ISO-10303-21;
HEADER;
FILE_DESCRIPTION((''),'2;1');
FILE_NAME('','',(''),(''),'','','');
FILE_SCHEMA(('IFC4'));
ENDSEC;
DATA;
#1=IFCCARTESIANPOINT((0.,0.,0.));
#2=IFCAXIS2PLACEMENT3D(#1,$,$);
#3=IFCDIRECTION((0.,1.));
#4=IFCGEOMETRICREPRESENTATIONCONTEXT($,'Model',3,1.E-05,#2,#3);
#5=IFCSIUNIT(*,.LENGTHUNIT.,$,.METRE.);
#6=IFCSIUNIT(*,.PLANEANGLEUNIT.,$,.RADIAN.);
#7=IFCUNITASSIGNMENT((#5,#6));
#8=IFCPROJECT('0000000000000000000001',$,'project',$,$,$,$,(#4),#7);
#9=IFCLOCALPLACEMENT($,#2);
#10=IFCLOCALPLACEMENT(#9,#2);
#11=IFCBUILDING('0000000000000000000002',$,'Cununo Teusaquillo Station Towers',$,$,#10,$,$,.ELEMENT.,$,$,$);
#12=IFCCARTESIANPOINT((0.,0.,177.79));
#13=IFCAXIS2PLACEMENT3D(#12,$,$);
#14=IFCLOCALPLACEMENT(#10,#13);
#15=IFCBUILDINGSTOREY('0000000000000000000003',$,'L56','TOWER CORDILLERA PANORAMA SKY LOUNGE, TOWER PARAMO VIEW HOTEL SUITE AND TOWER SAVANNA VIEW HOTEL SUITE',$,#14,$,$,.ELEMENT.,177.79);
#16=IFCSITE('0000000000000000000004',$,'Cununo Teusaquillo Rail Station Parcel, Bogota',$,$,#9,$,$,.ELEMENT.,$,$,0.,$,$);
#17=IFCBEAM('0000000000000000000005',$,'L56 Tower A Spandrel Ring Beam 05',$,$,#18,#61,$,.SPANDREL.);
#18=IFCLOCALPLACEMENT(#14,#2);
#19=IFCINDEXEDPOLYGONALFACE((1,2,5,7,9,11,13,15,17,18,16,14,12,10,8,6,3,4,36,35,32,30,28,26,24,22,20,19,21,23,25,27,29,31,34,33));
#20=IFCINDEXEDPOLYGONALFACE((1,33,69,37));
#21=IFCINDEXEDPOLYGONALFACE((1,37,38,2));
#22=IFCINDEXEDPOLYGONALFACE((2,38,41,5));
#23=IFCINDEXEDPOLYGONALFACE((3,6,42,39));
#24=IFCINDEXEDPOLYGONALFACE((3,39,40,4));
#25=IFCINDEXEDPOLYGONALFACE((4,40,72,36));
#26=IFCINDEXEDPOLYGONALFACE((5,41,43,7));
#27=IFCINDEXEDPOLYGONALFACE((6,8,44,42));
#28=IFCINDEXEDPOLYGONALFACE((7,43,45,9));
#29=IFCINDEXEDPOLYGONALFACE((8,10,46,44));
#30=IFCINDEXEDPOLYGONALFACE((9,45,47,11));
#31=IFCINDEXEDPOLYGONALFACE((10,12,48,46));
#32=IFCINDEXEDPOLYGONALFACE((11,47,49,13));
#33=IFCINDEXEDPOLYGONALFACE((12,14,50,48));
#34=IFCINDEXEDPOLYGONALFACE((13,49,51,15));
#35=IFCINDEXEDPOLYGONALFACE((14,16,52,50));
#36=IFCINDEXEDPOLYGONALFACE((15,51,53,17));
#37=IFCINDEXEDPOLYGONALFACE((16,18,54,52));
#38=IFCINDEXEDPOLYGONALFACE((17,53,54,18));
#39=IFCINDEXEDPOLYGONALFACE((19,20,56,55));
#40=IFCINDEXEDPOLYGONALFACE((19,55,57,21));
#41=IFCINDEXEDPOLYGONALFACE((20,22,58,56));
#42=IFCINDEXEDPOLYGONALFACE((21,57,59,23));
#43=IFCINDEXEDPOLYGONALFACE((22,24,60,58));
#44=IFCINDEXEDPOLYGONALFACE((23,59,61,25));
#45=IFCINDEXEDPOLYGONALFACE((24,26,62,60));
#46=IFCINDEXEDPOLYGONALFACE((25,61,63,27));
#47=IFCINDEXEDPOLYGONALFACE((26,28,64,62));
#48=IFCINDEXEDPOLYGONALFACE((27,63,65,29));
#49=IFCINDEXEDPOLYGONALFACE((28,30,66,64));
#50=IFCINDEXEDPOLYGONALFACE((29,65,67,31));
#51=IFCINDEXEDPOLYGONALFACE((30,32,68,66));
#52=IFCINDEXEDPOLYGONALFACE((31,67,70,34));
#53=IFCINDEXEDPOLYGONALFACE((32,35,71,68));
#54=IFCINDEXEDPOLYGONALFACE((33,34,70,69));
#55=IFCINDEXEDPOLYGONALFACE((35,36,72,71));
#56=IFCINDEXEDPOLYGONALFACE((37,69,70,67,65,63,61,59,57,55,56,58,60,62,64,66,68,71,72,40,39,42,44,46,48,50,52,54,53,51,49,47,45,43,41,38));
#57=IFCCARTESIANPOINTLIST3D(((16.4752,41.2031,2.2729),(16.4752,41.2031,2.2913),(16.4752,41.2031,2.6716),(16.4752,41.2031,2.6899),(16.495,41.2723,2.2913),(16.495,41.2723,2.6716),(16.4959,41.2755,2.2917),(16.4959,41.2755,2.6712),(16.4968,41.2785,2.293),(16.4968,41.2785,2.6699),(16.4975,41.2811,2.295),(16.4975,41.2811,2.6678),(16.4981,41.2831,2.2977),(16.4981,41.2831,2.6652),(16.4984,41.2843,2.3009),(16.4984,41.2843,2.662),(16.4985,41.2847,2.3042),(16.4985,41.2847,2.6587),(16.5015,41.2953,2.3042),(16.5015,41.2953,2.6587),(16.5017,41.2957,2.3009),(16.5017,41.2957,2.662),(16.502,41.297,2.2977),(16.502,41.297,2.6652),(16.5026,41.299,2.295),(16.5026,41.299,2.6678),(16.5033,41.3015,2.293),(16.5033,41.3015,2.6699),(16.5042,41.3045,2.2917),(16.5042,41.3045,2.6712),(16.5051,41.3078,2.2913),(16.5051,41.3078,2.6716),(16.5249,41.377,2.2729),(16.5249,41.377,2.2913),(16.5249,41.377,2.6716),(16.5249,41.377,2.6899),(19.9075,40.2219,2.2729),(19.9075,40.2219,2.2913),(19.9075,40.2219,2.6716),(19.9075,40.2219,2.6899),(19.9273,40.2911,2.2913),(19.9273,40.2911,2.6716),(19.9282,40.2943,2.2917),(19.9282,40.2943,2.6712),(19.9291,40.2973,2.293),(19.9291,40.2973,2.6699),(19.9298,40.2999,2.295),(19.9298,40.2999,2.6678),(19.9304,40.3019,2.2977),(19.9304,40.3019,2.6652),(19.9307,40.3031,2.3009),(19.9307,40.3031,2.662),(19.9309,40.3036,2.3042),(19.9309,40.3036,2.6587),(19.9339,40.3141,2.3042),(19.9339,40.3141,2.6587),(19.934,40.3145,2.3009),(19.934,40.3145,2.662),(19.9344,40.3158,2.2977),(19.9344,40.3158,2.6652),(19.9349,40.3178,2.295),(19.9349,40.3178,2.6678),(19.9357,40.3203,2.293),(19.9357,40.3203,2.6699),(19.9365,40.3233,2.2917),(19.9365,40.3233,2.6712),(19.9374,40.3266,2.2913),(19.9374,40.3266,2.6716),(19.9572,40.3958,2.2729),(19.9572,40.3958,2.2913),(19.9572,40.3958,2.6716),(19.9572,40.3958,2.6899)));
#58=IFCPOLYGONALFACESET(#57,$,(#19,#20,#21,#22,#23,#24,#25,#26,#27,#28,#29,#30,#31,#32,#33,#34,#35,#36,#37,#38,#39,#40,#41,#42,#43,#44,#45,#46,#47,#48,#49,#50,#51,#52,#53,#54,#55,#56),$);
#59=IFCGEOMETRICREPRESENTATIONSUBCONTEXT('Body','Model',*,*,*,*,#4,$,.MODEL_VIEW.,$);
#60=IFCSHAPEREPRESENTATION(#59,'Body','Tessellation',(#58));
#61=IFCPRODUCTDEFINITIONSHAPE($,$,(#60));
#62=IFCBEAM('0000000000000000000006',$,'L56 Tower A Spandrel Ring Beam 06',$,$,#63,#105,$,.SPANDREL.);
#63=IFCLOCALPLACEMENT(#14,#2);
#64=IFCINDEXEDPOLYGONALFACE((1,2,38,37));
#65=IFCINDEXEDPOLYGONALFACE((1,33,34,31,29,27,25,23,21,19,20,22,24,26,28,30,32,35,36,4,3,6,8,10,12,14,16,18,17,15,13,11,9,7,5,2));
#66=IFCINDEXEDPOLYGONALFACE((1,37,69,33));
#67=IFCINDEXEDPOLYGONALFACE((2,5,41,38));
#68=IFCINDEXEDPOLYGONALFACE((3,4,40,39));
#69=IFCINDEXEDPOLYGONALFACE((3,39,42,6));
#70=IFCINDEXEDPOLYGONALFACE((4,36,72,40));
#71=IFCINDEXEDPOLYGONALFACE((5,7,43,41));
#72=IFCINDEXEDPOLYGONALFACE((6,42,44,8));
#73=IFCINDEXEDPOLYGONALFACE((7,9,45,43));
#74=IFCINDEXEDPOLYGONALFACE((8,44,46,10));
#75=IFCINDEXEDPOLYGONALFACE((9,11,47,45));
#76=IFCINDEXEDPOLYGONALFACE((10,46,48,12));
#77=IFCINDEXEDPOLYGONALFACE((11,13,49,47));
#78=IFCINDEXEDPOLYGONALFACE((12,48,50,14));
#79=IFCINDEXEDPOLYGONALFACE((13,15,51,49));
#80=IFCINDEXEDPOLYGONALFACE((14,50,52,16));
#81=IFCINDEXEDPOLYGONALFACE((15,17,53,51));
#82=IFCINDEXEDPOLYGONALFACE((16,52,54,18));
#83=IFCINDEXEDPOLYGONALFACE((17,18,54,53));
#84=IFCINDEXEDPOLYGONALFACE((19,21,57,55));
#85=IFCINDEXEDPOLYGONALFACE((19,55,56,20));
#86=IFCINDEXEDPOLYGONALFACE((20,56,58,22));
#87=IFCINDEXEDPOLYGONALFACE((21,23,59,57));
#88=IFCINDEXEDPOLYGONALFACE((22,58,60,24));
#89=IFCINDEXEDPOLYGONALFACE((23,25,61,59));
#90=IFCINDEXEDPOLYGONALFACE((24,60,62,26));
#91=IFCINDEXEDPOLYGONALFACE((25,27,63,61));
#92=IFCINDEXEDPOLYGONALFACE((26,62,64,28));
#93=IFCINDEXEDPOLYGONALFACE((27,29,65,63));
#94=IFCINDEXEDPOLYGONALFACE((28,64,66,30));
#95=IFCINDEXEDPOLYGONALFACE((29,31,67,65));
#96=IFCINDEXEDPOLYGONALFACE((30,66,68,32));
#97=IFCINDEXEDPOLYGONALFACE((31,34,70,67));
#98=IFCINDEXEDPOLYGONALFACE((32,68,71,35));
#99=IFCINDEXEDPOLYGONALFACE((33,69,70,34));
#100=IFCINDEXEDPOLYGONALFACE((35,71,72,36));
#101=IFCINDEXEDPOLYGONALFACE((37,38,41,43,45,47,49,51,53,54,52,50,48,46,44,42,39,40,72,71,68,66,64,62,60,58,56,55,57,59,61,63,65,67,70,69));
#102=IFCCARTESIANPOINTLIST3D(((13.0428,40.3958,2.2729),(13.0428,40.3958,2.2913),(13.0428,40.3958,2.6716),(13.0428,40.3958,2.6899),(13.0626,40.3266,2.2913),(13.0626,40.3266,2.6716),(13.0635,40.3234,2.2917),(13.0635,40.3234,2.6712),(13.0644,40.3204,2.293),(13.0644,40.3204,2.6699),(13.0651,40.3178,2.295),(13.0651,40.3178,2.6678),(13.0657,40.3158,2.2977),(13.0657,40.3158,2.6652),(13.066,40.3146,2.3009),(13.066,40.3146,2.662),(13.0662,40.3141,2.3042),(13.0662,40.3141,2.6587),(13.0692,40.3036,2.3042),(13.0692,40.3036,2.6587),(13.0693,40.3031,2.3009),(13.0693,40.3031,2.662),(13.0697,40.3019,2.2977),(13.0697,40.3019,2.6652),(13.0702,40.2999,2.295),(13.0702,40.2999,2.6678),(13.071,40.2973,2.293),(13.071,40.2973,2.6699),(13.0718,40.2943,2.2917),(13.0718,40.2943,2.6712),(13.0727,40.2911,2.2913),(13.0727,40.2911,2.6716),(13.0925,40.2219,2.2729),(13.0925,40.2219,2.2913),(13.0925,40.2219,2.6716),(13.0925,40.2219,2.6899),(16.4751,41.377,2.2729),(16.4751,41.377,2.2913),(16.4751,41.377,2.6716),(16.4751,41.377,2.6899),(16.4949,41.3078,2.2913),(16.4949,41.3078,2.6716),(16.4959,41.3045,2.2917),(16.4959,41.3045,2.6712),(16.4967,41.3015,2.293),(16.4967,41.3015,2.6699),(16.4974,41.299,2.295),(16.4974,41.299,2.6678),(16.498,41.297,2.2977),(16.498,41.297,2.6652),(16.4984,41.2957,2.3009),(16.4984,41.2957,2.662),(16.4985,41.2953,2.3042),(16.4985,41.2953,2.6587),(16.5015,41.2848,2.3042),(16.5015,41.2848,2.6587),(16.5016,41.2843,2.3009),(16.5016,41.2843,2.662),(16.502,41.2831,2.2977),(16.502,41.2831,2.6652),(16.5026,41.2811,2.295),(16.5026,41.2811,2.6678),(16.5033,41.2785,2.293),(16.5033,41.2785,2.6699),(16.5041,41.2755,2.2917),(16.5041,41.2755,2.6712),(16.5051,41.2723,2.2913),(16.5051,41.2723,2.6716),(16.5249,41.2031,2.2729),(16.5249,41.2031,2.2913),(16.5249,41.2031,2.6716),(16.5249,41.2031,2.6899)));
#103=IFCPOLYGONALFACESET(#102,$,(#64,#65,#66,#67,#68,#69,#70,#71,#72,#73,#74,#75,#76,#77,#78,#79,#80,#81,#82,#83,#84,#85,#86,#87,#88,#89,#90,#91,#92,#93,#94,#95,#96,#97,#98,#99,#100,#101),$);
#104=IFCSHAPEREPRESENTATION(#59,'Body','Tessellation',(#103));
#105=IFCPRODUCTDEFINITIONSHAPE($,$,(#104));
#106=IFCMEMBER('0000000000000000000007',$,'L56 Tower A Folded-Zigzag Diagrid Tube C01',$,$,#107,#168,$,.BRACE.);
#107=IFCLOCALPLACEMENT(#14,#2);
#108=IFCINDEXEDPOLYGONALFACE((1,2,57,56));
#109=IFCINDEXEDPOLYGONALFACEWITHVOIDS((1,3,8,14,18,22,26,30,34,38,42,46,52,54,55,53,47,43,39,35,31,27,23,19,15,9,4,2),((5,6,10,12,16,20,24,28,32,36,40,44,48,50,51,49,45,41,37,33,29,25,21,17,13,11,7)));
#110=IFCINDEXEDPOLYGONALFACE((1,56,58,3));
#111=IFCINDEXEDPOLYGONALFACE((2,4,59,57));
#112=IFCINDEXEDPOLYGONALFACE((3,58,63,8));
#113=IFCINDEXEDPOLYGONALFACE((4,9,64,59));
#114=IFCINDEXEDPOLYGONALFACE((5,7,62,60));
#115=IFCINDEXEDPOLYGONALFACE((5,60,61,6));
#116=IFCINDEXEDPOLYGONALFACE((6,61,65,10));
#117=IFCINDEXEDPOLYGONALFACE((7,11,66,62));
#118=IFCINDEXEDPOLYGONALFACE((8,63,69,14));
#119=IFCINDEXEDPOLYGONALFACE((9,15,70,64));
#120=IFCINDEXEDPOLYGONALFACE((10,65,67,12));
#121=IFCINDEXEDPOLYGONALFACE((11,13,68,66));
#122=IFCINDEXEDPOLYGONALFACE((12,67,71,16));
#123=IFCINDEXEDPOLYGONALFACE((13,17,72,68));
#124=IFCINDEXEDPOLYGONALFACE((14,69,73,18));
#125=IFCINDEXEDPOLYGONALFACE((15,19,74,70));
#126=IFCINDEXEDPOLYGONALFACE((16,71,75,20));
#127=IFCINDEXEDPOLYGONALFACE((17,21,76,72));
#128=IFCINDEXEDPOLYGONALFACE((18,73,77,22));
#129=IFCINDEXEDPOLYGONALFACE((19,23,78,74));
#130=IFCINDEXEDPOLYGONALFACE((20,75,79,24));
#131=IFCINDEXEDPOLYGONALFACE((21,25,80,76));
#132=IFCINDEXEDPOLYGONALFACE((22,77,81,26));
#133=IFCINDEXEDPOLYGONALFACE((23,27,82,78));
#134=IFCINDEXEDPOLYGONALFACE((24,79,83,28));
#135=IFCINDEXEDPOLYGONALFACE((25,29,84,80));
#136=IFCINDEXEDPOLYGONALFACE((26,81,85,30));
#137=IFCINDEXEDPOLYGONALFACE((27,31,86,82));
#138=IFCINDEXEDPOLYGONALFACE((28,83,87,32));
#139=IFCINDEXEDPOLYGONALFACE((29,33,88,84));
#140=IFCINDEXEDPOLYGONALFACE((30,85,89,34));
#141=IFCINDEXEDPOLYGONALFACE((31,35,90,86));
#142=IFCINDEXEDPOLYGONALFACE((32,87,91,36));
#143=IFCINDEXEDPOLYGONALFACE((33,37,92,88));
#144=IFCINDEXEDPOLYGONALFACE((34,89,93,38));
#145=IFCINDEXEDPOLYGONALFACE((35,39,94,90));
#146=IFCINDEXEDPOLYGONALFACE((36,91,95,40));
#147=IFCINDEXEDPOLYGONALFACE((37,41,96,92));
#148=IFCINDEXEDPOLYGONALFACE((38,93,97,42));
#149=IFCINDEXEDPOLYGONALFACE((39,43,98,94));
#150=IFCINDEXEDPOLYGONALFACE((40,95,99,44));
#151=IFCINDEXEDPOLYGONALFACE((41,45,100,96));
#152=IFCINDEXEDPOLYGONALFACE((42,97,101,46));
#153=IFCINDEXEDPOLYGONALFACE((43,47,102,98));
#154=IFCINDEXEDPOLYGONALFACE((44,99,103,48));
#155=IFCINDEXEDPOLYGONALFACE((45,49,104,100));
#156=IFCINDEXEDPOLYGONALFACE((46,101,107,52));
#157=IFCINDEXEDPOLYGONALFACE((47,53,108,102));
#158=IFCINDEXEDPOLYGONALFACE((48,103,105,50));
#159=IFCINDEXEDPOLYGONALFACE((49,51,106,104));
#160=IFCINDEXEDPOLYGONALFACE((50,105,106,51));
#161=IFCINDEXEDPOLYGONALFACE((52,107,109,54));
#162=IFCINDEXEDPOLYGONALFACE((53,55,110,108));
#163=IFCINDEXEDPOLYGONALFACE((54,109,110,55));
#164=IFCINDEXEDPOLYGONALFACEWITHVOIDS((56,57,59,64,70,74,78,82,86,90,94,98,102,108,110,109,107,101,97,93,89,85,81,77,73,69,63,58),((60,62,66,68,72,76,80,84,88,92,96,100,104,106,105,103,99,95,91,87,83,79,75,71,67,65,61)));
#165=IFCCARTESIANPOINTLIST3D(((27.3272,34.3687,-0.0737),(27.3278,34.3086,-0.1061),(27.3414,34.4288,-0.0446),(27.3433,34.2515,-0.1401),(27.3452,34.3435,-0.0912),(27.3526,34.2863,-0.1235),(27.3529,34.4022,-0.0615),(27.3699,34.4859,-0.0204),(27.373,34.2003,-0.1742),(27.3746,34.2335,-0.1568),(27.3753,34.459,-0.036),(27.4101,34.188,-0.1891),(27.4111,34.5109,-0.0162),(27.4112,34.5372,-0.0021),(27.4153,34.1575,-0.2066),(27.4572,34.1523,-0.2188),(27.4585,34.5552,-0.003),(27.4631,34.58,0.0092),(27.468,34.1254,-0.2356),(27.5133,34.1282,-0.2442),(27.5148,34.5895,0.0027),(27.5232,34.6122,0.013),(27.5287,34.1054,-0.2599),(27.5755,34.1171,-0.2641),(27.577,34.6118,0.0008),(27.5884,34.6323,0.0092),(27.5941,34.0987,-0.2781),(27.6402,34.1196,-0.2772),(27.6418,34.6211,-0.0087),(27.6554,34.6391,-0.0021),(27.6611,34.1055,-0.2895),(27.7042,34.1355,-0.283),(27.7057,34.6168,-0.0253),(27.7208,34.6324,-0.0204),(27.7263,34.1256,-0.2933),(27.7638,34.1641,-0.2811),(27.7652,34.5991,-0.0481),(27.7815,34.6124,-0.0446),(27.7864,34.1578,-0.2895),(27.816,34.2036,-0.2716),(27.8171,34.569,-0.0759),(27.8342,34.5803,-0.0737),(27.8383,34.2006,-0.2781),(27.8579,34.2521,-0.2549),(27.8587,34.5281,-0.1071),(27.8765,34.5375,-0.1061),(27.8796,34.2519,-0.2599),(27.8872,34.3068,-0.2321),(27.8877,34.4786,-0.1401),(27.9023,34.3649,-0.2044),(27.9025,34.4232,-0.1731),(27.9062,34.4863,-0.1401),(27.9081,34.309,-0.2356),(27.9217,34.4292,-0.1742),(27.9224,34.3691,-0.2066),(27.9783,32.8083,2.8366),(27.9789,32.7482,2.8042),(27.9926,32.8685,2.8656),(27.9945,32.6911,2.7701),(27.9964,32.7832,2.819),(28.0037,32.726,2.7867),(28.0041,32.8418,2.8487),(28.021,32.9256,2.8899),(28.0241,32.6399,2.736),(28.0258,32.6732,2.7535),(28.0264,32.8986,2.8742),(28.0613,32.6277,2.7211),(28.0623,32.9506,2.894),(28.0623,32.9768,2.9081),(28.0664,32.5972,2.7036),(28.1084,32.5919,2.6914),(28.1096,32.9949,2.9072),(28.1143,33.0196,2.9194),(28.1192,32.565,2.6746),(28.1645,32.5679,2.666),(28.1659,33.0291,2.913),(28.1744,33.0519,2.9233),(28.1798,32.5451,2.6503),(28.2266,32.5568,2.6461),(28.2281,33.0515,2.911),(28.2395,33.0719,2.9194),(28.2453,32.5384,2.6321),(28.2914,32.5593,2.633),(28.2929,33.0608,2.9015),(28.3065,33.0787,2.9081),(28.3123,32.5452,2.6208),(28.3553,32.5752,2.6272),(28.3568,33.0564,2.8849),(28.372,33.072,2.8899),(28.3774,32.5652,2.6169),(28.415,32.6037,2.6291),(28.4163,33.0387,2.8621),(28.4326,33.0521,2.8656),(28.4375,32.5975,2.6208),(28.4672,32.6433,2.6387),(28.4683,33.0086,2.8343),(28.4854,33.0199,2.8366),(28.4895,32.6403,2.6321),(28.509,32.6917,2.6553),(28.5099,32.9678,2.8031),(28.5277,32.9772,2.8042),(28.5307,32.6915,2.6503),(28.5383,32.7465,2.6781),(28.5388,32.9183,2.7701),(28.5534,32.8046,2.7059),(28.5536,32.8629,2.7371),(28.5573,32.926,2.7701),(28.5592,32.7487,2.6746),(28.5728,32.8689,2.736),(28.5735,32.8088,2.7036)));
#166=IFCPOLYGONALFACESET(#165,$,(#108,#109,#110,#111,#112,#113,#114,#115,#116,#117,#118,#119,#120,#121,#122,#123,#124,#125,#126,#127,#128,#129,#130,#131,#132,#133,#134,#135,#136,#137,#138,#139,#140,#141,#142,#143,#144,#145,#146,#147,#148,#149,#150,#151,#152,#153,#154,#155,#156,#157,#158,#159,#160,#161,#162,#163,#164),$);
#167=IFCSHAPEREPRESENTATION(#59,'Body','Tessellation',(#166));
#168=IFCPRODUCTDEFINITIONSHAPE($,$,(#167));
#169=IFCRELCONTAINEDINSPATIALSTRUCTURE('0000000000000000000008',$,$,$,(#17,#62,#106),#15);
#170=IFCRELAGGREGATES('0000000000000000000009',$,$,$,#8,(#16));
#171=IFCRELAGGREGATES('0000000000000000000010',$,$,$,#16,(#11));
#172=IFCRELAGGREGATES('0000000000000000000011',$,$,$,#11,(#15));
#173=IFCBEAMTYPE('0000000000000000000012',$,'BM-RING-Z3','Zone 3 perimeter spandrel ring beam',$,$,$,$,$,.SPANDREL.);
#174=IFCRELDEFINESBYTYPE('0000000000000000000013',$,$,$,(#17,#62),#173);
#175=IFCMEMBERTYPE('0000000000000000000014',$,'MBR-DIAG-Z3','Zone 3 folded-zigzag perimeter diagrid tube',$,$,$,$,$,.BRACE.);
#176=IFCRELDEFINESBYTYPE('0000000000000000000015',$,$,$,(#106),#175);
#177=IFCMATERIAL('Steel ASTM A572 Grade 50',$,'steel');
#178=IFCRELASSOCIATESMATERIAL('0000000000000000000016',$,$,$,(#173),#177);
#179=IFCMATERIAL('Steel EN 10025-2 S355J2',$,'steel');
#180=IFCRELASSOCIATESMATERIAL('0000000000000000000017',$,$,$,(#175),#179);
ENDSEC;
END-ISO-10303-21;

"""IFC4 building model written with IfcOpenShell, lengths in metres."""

from ifc_helpers import new_model, si_unit, direction, frame, origin, origin_2d, place, context, subcontext, project, spatial, hollow_circle, i_section, extrude, material, material_profile, profile_set, type_object, element, save


model = new_model("IFC4")

# Units and contexts
model_context = context("Model", 3, precision=1e-05, world=origin(), true_north=direction((0.0, 1.0)))
body_context = subcontext(model_context, "Body", "Model", "MODEL_VIEW")
ifc_project = project(units=[si_unit("LENGTHUNIT", "METRE"), si_unit("PLANEANGLEUNIT", "RADIAN")], contexts=[model_context])

# Site, building, storey
site_placement = place(None, origin())
site = spatial("IfcSite", under=ifc_project, at=site_placement, Name="Cununo Teusaquillo Rail Station Parcel, Bogota", CompositionType="ELEMENT", RefElevation=0.0)
building_placement = place(site_placement, origin())
building = spatial("IfcBuilding", under=site, at=building_placement, Name="Cununo Teusaquillo Station Towers", CompositionType="ELEMENT")
storey_placement = place(building_placement, frame((0.0, 0.0, 177.79)))
storey = spatial("IfcBuildingStorey", under=building, at=storey_placement, Name="L56", Description="TOWER CORDILLERA PANORAMA SKY LOUNGE, TOWER PARAMO VIEW HOTEL SUITE AND TOWER SAVANNA VIEW HOTEL SUITE", CompositionType="ELEMENT", Elevation=177.79)

# Beams
ifc_material_1 = material(Name="Steel ASTM A572 Grade 50", Category="steel")
ifc_material_profile_1 = material_profile(ifc_material_1, i_section(OverallWidth=0.1809, OverallDepth=0.417, WebThickness=0.011, FlangeThickness=0.0183, FilletRadius=0.0129, at=origin_2d()), Name="W16X57")
ifc_profile_set_1 = profile_set([ifc_material_profile_1], Name="Steel ASTM A572 Grade 50")
beam_type_1 = type_object("IfcBeamType", Name="BM-RING-Z3", Description="Zone 3 perimeter spandrel ring beam", PredefinedType="SPANDREL", material=ifc_profile_set_1)
for number, where, z_axis, x_axis, name in (
    (1, (19.9324, 40.3088, 2.4814), (-0.961485, 0.274857, 0.0), (-0.274857, -0.961485, 0.0), "L56 Tower A Spandrel Ring Beam 05"),
    (2, (16.5, 41.29, 2.4814), (-0.961485, -0.274857, 0.0), (0.274857, -0.961485, 0.0), "L56 Tower A Spandrel Ring Beam 06"),
):
    element("IfcBeam", number, at=place(storey_placement, frame(where, z_axis=z_axis, x_axis=x_axis)), inside=storey, type_object=beam_type_1, Name=name, PredefinedType="SPANDREL", context=body_context, shape_type="SweptSolid", body=[
        extrude(i_section(OverallWidth=0.1809, OverallDepth=0.417, WebThickness=0.011, FlangeThickness=0.0183, FilletRadius=0.0129, at=origin_2d()), origin(), (0.0, 0.0, 1.0), 3.5698),
    ])

# Member
ifc_material_2 = material(Name="Steel EN 10025-2 S355J2", Category="steel")
ifc_material_profile_2 = material_profile(ifc_material_2, hollow_circle(Radius=0.3049, WallThickness=0.02, at=origin_2d()), Name="CHS 610x20")
ifc_profile_set_2 = profile_set([ifc_material_profile_2], Name="Steel EN 10025-2 S355J2")
member_type = type_object("IfcMemberType", Name="MBR-DIAG-Z3", Description="Zone 3 folded-zigzag perimeter diagrid tube", PredefinedType="BRACE", material=ifc_profile_set_2)
member_1_placement = place(storey_placement, frame((27.6248, 34.3689, -0.1401), z_axis=(0.193462, -0.463598, 0.864667), x_axis=(0.922867, 0.385118, 0.0)))
element("IfcMember", 3, at=member_1_placement, inside=storey, type_object=member_type, Name="L56 Tower A Folded-Zigzag Diagrid Tube C01", PredefinedType="BRACE", context=body_context, shape_type="SweptSolid", body=[
    extrude(hollow_circle(Radius=0.3049, WallThickness=0.02, at=origin_2d()), origin(), (0.0, 0.0, 1.0), 3.3657),
])

save(model, "model.ifc")
